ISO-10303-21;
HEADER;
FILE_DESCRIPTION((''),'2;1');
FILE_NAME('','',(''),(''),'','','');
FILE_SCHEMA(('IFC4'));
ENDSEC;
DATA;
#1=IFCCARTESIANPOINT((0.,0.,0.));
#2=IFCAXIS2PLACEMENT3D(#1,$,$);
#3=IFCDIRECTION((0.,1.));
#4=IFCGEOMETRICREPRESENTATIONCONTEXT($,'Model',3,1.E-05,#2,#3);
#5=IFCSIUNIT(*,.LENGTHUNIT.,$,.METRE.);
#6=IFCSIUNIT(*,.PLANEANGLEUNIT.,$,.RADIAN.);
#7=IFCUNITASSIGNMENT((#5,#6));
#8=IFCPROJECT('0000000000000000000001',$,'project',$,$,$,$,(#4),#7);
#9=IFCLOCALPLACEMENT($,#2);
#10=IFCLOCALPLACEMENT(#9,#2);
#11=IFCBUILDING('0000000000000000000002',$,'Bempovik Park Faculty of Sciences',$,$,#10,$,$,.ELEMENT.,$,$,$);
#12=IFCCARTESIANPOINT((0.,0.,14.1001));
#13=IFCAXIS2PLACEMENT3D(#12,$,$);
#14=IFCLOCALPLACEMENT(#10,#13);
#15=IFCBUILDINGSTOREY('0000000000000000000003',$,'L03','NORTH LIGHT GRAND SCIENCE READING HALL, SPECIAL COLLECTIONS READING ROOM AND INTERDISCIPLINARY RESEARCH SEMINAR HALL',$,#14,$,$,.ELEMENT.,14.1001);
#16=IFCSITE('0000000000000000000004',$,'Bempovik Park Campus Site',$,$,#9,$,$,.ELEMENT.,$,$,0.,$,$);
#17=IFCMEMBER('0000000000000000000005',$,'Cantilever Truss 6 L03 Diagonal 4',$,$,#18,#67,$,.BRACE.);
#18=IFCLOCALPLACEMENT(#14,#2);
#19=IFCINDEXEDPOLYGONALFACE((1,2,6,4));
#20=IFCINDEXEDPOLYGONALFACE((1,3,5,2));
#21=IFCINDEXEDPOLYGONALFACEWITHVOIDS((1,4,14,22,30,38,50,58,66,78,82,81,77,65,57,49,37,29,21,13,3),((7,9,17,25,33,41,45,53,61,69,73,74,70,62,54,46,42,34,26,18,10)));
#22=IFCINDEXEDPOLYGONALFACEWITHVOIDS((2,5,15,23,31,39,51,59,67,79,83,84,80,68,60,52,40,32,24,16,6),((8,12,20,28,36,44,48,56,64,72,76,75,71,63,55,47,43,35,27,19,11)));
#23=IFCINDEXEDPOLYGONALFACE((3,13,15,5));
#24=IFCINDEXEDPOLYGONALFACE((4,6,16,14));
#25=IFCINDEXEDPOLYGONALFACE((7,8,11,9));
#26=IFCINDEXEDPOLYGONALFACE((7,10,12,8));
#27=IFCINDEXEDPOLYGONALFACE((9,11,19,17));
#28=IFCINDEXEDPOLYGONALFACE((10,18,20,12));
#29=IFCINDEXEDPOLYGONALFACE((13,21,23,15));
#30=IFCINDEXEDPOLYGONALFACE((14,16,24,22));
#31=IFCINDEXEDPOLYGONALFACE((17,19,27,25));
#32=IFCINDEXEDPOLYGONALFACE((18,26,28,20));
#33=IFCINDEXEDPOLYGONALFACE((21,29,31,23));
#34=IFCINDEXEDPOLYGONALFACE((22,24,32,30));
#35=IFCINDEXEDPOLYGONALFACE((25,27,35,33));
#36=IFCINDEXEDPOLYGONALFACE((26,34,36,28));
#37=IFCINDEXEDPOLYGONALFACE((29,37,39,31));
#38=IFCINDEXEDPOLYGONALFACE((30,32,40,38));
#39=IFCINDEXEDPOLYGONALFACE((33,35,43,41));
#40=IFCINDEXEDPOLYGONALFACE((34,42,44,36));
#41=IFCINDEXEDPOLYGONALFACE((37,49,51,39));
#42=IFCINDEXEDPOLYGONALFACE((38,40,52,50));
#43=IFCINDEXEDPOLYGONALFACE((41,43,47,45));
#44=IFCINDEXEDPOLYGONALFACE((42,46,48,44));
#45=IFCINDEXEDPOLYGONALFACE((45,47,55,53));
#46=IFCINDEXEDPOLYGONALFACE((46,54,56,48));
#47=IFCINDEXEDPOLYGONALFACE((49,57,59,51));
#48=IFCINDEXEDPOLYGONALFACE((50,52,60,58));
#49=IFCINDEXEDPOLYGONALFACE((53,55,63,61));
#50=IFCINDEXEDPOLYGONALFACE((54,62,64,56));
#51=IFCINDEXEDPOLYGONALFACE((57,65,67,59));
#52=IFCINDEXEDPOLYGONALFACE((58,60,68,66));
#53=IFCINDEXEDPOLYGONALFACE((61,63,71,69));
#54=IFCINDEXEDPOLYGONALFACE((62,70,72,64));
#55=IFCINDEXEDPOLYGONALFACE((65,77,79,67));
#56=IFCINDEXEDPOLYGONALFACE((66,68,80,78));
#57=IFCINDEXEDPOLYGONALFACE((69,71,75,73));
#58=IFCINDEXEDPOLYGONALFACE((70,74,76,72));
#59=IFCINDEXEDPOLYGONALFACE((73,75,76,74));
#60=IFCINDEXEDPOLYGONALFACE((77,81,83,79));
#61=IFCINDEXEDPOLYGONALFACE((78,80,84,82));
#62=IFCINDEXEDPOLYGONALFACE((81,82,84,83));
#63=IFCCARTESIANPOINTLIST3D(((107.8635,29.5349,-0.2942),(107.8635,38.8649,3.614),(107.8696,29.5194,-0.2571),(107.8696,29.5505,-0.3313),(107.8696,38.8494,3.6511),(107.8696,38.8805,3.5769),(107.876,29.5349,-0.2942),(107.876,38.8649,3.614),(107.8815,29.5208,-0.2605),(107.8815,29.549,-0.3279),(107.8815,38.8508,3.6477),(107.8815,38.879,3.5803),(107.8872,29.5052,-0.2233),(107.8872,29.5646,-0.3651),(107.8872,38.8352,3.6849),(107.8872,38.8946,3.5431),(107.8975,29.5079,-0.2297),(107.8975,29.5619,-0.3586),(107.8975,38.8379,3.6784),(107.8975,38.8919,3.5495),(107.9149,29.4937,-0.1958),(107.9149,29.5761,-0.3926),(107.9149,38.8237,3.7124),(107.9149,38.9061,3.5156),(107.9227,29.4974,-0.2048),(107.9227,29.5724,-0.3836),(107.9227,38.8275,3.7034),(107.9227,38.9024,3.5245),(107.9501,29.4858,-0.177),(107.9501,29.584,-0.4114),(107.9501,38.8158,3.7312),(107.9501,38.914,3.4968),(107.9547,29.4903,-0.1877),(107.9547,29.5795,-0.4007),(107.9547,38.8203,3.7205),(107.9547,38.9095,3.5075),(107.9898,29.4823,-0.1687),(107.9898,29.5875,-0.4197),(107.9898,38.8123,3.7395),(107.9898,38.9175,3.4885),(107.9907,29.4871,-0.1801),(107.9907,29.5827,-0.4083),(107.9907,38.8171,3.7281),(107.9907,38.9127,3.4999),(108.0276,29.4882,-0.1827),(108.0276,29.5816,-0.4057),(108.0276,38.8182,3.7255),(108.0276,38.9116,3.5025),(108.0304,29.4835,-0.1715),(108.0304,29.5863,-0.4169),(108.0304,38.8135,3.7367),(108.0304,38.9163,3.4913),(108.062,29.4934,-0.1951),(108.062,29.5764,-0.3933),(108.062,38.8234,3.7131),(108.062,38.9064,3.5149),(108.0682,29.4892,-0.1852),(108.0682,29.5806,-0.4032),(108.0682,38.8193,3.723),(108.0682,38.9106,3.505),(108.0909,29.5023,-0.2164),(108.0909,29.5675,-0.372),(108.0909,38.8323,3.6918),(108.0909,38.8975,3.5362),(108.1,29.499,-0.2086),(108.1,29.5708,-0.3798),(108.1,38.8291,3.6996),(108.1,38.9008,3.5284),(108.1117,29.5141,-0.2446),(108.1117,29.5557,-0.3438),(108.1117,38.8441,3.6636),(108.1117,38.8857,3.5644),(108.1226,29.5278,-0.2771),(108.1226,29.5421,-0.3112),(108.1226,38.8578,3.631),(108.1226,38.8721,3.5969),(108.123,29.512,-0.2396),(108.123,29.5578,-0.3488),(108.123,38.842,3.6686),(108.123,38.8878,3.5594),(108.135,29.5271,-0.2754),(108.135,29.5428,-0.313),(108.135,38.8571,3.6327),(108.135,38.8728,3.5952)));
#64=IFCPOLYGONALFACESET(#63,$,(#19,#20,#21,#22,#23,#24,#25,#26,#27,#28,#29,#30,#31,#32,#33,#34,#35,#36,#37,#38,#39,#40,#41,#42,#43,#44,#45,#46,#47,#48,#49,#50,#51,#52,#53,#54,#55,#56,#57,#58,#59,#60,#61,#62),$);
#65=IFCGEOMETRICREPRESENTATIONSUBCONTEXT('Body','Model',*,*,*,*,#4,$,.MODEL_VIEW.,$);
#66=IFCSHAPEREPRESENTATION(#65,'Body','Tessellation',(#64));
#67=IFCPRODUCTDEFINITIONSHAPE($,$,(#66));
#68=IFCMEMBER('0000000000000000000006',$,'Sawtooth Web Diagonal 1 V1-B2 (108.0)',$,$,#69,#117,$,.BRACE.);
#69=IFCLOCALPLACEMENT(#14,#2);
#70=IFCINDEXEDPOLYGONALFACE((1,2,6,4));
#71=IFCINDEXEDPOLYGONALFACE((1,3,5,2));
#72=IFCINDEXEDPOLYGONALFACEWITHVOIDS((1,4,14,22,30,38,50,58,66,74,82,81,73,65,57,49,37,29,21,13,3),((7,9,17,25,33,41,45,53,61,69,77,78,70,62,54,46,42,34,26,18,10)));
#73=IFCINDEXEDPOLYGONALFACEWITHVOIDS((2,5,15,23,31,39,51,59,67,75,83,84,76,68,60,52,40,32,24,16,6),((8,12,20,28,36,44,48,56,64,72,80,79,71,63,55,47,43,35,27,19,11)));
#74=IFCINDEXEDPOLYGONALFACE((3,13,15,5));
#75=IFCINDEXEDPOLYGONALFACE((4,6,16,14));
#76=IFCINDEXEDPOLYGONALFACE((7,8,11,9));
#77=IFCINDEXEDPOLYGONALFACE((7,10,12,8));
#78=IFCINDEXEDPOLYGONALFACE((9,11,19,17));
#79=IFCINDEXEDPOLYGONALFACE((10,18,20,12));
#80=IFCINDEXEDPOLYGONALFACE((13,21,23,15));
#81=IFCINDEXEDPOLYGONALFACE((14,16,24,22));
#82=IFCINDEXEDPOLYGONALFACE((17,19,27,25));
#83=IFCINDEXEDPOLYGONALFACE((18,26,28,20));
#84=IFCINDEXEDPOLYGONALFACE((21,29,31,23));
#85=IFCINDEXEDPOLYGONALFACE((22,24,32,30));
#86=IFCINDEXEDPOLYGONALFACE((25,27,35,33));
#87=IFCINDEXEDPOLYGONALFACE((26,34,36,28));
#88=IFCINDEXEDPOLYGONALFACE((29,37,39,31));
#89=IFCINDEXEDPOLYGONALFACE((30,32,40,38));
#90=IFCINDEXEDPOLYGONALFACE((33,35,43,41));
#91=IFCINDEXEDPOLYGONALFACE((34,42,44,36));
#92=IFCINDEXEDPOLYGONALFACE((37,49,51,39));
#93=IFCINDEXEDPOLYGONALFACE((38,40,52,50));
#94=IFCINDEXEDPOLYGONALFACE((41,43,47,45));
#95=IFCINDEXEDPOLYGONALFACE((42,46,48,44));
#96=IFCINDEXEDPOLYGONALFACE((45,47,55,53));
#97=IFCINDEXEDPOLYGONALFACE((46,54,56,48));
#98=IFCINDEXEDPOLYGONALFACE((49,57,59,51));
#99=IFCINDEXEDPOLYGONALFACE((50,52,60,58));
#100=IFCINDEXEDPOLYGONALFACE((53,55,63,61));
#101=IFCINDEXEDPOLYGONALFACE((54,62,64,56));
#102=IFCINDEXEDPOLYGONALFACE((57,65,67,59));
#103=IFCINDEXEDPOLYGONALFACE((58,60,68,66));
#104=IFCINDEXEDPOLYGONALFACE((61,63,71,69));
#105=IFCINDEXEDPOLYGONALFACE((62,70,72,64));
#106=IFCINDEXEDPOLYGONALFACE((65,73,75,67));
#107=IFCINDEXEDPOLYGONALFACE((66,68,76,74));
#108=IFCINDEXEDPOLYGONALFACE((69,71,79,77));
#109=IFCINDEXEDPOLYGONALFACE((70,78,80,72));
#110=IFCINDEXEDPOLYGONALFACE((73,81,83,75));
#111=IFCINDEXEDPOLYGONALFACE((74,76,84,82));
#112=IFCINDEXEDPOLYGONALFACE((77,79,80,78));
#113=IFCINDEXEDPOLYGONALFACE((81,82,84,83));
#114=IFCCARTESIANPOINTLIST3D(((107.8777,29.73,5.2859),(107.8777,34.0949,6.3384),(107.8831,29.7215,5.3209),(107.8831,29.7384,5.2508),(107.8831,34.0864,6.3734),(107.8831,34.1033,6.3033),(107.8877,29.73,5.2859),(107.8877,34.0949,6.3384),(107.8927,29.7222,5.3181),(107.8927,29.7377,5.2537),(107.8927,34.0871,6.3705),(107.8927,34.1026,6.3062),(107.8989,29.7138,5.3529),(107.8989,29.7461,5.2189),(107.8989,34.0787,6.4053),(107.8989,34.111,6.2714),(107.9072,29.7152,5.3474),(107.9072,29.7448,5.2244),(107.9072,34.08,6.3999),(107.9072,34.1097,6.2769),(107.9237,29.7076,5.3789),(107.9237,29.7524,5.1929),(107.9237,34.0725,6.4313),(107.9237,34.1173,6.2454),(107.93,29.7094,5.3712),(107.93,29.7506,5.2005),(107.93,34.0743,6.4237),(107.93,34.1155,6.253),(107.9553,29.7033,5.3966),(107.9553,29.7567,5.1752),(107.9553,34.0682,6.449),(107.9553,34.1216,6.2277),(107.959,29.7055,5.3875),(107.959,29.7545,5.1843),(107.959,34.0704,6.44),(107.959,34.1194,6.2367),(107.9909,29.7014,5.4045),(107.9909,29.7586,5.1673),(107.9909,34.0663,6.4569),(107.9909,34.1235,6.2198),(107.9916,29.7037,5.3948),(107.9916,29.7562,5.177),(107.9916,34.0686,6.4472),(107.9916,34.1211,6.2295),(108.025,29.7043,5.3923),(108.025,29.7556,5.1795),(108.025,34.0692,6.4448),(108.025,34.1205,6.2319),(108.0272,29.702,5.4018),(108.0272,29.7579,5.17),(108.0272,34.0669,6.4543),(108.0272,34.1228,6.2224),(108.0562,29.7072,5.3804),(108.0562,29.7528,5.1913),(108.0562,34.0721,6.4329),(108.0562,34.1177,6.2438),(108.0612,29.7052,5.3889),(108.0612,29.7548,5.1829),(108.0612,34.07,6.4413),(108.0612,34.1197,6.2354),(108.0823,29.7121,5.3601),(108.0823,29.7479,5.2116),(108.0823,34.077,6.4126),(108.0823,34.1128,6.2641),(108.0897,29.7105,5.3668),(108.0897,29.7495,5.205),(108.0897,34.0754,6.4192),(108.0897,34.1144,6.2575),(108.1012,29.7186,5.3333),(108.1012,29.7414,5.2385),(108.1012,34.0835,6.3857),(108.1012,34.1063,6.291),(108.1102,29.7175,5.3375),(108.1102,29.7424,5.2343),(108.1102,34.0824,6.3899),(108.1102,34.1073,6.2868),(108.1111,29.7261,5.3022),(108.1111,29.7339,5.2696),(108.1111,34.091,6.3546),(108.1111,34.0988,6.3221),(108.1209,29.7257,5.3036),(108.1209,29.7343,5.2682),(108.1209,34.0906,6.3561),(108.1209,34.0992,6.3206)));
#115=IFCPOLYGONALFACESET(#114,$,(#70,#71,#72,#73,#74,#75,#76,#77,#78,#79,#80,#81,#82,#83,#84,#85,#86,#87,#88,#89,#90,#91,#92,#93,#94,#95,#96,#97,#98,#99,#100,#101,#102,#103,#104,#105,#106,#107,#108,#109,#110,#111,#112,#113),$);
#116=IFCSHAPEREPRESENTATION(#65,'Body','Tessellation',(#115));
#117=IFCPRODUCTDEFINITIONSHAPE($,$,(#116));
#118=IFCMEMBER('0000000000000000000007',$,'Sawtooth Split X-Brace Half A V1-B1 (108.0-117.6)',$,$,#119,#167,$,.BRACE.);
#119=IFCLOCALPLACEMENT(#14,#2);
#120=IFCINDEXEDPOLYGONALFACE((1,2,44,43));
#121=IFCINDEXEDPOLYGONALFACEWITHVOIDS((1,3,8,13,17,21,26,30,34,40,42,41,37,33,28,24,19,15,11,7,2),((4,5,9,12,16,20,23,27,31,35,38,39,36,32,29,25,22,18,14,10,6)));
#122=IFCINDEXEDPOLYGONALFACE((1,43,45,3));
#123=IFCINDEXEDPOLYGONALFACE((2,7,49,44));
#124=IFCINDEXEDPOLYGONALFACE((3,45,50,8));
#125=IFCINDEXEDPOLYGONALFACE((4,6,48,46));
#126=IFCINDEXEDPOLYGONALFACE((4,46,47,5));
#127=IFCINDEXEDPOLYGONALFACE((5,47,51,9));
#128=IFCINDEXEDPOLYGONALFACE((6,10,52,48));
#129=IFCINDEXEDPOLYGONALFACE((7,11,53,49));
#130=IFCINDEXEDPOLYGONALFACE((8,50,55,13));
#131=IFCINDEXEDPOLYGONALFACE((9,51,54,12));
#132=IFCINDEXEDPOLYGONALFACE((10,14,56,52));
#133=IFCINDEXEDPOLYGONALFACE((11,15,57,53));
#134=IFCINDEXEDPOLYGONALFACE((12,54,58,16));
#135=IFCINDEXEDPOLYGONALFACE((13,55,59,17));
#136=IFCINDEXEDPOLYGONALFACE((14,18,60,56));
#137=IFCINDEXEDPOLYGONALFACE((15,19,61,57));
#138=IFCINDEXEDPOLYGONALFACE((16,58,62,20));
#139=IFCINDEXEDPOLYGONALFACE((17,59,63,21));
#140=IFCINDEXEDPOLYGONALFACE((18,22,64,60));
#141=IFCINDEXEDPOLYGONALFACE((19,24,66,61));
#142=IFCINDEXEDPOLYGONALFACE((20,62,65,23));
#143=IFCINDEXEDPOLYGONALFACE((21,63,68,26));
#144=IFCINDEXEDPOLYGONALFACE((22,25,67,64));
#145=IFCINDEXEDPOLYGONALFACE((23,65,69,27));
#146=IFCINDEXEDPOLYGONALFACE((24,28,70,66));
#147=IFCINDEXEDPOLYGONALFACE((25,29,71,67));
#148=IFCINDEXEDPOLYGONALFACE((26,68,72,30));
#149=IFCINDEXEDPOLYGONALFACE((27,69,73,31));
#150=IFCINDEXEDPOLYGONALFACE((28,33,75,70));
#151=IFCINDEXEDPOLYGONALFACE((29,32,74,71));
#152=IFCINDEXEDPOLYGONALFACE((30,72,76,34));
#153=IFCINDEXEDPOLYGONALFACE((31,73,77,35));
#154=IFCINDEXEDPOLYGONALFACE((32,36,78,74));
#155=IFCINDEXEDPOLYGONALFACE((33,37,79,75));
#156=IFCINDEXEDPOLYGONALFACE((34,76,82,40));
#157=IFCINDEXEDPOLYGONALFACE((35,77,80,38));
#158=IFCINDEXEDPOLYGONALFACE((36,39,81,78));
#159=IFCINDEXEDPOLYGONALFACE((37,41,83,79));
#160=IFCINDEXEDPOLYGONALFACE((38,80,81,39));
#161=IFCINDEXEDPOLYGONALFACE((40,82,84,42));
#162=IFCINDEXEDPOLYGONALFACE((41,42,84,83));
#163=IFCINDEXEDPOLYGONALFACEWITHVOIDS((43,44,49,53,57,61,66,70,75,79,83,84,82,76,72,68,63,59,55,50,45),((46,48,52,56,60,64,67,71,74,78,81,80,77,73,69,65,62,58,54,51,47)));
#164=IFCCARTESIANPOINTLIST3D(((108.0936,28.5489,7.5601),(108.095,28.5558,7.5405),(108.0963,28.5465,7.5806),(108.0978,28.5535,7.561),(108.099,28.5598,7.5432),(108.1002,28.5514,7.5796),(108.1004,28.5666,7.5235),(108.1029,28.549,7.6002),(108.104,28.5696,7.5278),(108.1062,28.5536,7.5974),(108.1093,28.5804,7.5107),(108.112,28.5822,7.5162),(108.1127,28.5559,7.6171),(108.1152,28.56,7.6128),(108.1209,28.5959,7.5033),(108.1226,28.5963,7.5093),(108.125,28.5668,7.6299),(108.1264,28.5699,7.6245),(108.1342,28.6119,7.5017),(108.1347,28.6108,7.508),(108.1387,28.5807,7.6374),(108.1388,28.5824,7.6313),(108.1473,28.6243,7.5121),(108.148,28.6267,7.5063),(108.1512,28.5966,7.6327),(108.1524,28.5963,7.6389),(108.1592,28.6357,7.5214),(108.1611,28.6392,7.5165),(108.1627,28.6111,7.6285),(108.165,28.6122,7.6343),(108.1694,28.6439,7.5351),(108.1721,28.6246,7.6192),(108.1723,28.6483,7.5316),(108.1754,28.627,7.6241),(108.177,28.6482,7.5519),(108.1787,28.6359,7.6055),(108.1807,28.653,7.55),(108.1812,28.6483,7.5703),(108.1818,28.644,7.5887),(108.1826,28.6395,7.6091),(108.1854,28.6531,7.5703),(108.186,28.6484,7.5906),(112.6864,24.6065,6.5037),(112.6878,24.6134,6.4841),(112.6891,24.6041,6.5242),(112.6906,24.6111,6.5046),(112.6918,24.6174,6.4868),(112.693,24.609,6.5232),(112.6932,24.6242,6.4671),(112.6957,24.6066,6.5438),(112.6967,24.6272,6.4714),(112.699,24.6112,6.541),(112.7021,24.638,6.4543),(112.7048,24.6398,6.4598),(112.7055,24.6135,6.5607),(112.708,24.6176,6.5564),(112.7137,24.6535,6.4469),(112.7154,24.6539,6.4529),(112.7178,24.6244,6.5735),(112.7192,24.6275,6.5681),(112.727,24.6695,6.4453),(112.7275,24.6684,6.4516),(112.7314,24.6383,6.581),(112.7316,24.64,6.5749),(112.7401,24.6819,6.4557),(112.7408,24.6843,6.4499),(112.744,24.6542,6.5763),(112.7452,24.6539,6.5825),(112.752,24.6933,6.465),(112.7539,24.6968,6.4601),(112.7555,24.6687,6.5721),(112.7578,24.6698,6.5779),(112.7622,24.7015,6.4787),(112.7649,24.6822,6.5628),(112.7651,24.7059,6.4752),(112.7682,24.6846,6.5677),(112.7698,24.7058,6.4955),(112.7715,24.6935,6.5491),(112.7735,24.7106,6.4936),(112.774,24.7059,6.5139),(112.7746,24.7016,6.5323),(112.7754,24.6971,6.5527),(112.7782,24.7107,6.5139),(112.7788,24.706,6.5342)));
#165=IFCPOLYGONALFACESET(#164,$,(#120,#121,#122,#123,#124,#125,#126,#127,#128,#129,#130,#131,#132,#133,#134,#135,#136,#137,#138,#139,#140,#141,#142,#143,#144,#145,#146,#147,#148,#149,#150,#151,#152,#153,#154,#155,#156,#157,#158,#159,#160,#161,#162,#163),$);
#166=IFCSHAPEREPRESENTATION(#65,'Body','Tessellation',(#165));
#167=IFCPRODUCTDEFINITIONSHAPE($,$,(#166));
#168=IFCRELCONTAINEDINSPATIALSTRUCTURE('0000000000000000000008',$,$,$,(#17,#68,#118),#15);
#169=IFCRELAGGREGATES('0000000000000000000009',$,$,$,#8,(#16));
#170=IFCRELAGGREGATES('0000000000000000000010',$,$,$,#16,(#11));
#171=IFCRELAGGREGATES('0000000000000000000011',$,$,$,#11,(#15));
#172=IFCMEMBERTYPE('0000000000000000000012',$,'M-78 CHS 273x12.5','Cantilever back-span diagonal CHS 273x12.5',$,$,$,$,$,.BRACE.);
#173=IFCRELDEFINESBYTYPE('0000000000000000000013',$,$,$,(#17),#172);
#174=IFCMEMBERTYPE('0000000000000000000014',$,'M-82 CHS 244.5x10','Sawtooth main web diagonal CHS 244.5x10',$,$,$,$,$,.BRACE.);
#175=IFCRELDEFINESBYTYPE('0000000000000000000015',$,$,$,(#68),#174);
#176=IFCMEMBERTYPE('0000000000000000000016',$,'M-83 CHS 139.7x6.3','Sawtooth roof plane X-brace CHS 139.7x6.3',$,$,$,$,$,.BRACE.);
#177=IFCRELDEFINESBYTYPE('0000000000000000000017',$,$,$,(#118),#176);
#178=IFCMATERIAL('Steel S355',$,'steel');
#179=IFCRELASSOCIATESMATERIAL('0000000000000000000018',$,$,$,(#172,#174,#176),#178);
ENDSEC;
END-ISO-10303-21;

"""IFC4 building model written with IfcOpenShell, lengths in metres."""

from ifc_helpers import new_model, si_unit, direction, frame, origin, origin_2d, place, context, subcontext, project, spatial, hollow_circle, extrude, material, material_profile, profile_set, type_object, element, save


model = new_model("IFC4")

# Units and contexts
model_context = context("Model", 3, precision=1e-05, world=origin(), true_north=direction((0.0, 1.0)))
body_context = subcontext(model_context, "Body", "Model", "MODEL_VIEW")
ifc_project = project(units=[si_unit("LENGTHUNIT", "METRE"), si_unit("PLANEANGLEUNIT", "RADIAN")], contexts=[model_context])

# Site, building, storey
site_placement = place(None, origin())
site = spatial("IfcSite", under=ifc_project, at=site_placement, Name="Bempovik Park Campus Site", CompositionType="ELEMENT", RefElevation=0.0)
building_placement = place(site_placement, origin())
building = spatial("IfcBuilding", under=site, at=building_placement, Name="Bempovik Park Faculty of Sciences", CompositionType="ELEMENT")
storey_placement = place(building_placement, frame((0.0, 0.0, 14.1001)))
storey = spatial("IfcBuildingStorey", under=building, at=storey_placement, Name="L03", Description="NORTH LIGHT GRAND SCIENCE READING HALL, SPECIAL COLLECTIONS READING ROOM AND INTERDISCIPLINARY RESEARCH SEMINAR HALL", CompositionType="ELEMENT", Elevation=14.1001)

# Shared definitions
ifc_material_1 = material(Name="Steel S355", Category="steel")

# Members
ifc_material_profile_1 = material_profile(ifc_material_1, hollow_circle(Radius=0.1365, WallThickness=0.0125, at=origin_2d()), Name="CHS 273x12.5")
ifc_profile_set_1 = profile_set([ifc_material_profile_1], Name="Steel S355")
member_type_1 = type_object("IfcMemberType", Name="M-78 CHS 273x12.5", Description="Cantilever back-span diagonal CHS 273x12.5", PredefinedType="BRACE", material=ifc_profile_set_1)
member_1_placement = place(storey_placement, frame((108.0, 29.5349, -0.2942), z_axis=(0.0, 0.92235, 0.386356), x_axis=(-1.0, 0.0, 0.0)))
element("IfcMember", 1, at=member_1_placement, inside=storey, type_object=member_type_1, Name="Cantilever Truss 6 L03 Diagonal 4", PredefinedType="BRACE", context=body_context, shape_type="SweptSolid", body=[
    extrude(hollow_circle(Radius=0.1365, WallThickness=0.0125, at=origin_2d()), origin(), (0.0, 0.0, 1.0), 10.1155),
])
ifc_material_profile_2 = material_profile(ifc_material_1, hollow_circle(Radius=0.1223, WallThickness=0.01, at=origin_2d()), Name="CHS 244.5x10")
ifc_profile_set_2 = profile_set([ifc_material_profile_2], Name="Steel S355")
member_type_2 = type_object("IfcMemberType", Name="M-82 CHS 244.5x10", Description="Sawtooth main web diagonal CHS 244.5x10", PredefinedType="BRACE", material=ifc_profile_set_2)
member_2_placement = place(storey_placement, frame((108.0, 29.73, 5.2859), z_axis=(0.0, 0.972139, 0.234403), x_axis=(-1.0, 0.0, 0.0)))
element("IfcMember", 2, at=member_2_placement, inside=storey, type_object=member_type_2, Name="Sawtooth Web Diagonal 1 V1-B2 (108.0)", PredefinedType="BRACE", context=body_context, shape_type="SweptSolid", body=[
    extrude(hollow_circle(Radius=0.1223, WallThickness=0.01, at=origin_2d()), origin(), (0.0, 0.0, 1.0), 4.49),
])
ifc_material_profile_3 = material_profile(ifc_material_1, hollow_circle(Radius=0.0698, WallThickness=0.0063, at=origin_2d()), Name="CHS 139.7x6.3")
ifc_profile_set_3 = profile_set([ifc_material_profile_3], Name="Steel S355")
member_type_3 = type_object("IfcMemberType", Name="M-83 CHS 139.7x6.3", Description="Sawtooth roof plane X-brace CHS 139.7x6.3", PredefinedType="BRACE", material=ifc_profile_set_3)
member_3_placement = place(storey_placement, frame((108.1399, 28.6001, 7.5703), z_axis=(0.74749, -0.641637, -0.171932), x_axis=(0.651336, 0.758789, 0.0)))
element("IfcMember", 3, at=member_3_placement, inside=storey, type_object=member_type_3, Name="Sawtooth Split X-Brace Half A V1-B1 (108.0-117.6)", PredefinedType="BRACE", context=body_context, shape_type="SweptSolid", body=[
    extrude(hollow_circle(Radius=0.0698, WallThickness=0.0063, at=origin_2d()), origin(), (0.0, 0.0, 1.0), 6.1443),
])

save(model, "model.ifc")
